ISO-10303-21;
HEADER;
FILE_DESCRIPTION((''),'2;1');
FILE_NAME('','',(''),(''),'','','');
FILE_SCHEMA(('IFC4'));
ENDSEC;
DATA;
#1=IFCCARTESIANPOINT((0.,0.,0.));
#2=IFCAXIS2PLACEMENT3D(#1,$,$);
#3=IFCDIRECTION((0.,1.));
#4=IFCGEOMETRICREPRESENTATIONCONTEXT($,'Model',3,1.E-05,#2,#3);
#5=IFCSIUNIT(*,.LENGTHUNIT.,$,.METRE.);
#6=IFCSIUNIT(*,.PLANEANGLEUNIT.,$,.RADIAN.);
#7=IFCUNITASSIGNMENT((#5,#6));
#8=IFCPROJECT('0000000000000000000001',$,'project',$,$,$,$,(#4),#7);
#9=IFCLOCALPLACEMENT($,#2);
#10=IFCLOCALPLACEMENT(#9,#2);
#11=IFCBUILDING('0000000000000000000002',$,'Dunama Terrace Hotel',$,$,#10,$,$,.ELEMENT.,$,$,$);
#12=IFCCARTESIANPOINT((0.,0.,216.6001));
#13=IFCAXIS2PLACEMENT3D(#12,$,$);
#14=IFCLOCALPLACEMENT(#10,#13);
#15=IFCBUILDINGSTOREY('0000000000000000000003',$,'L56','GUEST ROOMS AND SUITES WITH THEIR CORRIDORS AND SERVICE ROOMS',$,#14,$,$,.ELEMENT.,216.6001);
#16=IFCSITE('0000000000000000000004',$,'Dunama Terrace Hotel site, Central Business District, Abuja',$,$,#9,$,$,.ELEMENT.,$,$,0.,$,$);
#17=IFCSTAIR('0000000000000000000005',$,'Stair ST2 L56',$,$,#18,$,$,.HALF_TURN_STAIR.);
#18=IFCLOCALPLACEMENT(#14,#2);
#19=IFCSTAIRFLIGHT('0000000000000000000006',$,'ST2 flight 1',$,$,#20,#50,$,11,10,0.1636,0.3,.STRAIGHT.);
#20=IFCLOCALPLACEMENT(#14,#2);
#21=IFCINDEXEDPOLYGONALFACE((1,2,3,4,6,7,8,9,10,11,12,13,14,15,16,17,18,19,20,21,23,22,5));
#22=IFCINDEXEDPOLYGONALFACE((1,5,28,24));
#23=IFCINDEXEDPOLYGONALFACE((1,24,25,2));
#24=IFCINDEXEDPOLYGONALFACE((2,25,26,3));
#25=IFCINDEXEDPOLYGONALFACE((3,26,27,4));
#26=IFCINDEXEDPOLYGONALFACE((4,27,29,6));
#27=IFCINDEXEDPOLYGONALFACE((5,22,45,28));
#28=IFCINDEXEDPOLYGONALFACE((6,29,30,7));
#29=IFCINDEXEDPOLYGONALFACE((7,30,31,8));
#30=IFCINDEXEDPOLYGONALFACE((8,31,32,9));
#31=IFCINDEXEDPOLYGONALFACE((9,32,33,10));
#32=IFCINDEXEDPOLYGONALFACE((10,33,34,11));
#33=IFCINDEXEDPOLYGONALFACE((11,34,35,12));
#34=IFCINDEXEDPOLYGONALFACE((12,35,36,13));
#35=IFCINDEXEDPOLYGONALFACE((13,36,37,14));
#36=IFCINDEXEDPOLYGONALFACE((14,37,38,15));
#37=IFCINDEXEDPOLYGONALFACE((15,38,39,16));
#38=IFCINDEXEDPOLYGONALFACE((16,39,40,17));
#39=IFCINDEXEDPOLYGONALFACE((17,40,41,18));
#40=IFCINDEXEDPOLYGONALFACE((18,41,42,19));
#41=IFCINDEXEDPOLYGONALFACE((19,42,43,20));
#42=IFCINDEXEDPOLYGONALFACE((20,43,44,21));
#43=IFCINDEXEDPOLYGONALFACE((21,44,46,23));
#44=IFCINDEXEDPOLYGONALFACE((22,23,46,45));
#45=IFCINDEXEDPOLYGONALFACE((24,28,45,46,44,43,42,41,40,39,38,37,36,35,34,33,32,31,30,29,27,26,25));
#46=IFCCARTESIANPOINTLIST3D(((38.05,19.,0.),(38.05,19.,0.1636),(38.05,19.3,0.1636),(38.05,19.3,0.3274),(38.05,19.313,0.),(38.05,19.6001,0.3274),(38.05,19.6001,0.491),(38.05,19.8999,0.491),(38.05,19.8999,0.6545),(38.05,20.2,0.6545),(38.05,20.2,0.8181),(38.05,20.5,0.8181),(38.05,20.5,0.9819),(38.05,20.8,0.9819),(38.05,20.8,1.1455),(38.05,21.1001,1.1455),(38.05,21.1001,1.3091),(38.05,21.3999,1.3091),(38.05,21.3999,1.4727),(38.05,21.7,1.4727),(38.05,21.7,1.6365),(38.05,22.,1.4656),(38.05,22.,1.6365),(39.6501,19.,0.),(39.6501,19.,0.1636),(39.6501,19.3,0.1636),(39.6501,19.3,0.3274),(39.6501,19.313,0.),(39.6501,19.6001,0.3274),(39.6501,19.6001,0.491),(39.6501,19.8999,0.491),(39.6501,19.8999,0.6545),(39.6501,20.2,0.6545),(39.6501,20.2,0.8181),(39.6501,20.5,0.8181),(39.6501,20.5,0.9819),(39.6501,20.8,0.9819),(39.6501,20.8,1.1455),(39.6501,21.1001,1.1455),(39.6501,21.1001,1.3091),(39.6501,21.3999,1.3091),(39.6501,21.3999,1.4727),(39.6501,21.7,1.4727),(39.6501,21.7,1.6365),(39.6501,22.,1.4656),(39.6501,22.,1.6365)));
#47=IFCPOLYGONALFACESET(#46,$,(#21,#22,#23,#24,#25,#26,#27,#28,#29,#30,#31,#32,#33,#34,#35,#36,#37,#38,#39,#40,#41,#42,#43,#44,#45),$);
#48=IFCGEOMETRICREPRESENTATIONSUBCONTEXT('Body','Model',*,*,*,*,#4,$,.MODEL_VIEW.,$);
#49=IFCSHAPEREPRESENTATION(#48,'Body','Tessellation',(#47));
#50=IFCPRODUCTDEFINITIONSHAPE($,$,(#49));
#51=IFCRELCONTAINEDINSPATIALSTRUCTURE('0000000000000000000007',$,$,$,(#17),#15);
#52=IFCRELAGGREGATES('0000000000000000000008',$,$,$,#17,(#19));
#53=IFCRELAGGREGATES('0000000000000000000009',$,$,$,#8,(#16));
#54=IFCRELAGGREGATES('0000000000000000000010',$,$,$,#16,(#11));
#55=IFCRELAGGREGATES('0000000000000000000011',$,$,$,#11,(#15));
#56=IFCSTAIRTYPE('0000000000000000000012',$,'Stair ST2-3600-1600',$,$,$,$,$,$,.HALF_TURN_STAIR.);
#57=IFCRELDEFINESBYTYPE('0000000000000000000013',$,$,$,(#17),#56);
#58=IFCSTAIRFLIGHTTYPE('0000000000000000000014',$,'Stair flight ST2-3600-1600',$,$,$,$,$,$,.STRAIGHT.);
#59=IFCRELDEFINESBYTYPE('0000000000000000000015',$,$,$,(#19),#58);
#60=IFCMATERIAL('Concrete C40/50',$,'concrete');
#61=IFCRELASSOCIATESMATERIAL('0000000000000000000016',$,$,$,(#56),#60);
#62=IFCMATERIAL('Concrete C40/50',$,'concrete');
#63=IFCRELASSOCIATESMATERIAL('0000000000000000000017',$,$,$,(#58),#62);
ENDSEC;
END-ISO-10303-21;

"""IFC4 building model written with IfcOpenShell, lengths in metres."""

from ifc_helpers import new_model, si_unit, direction, frame, origin, place, context, subcontext, project, spatial, polyline, outline, extrude, material, type_object, element, aggregate, save


model = new_model("IFC4")

# Units and contexts
model_context = context("Model", 3, precision=1e-05, world=origin(), true_north=direction((0.0, 1.0)))
body_context = subcontext(model_context, "Body", "Model", "MODEL_VIEW")
ifc_project = project(units=[si_unit("LENGTHUNIT", "METRE"), si_unit("PLANEANGLEUNIT", "RADIAN")], contexts=[model_context])

# Site, building, storey
site_placement = place(None, origin())
site = spatial("IfcSite", under=ifc_project, at=site_placement, Name="Dunama Terrace Hotel site, Central Business District, Abuja", CompositionType="ELEMENT", RefElevation=0.0)
building_placement = place(site_placement, origin())
building = spatial("IfcBuilding", under=site, at=building_placement, Name="Dunama Terrace Hotel", CompositionType="ELEMENT")
storey_placement = place(building_placement, frame((0.0, 0.0, 216.6001)))
storey = spatial("IfcBuildingStorey", under=building, at=storey_placement, Name="L56", Description="GUEST ROOMS AND SUITES WITH THEIR CORRIDORS AND SERVICE ROOMS", CompositionType="ELEMENT", Elevation=216.6001)

# Stair, stair flight
ifc_material_1 = material(Name="Concrete C40/50", Category="concrete")
stair_type = type_object("IfcStairType", Name="Stair ST2-3600-1600", PredefinedType="HALF_TURN_STAIR", material=ifc_material_1)
stair_placement = place(storey_placement, origin())
stair = element("IfcStair", 1, at=stair_placement, inside=storey, type_object=stair_type, Name="Stair ST2 L56", PredefinedType="HALF_TURN_STAIR")
ifc_material_2 = material(Name="Concrete C40/50", Category="concrete")
stair_flight_type = type_object("IfcStairFlightType", Name="Stair flight ST2-3600-1600", PredefinedType="STRAIGHT", material=ifc_material_2)
stair_flight_placement = place(storey_placement, frame((38.8501, 19.0, 0.0), z_axis=(0.0, 0.0, 1.0), x_axis=(0.0, 1.0, 0.0)))
stair_flight = element("IfcStairFlight", 2, at=stair_flight_placement, type_object=stair_flight_type, Name="ST2 flight 1", NumberOfRisers=11, NumberOfTreads=10, PredefinedType="STRAIGHT", RiserHeight=0.1636, TreadLength=0.3, context=body_context, shape_type="SweptSolid", body=[
    extrude(outline(polyline([(0.0, 0.0), (0.0, 0.1636), (0.3, 0.1636), (0.3, 0.3274), (0.6001, 0.3274), (0.6001, 0.491), (0.8999, 0.491), (0.8999, 0.6545), (1.2, 0.6545), (1.2, 0.8181), (1.5, 0.8181), (1.5, 0.9819), (1.8, 0.9819), (1.8, 1.1455), (2.1001, 1.1455), (2.1001, 1.3091), (2.3999, 1.3091), (2.3999, 1.4727), (2.7, 1.4727), (2.7, 1.6365), (3.0, 1.6365), (3.0, 1.8), (3.0, 1.4656), (0.313, 0.0), (0.0, 0.0)])), frame((0.0, 0.8, 0.0), z_axis=(0.0, -1.0, 0.0), x_axis=(1.0, 0.0, 0.0)), (0.0, 0.0, 1.0), 1.6001),
])
aggregate(stair, [stair_flight])

save(model, "model.ifc")
